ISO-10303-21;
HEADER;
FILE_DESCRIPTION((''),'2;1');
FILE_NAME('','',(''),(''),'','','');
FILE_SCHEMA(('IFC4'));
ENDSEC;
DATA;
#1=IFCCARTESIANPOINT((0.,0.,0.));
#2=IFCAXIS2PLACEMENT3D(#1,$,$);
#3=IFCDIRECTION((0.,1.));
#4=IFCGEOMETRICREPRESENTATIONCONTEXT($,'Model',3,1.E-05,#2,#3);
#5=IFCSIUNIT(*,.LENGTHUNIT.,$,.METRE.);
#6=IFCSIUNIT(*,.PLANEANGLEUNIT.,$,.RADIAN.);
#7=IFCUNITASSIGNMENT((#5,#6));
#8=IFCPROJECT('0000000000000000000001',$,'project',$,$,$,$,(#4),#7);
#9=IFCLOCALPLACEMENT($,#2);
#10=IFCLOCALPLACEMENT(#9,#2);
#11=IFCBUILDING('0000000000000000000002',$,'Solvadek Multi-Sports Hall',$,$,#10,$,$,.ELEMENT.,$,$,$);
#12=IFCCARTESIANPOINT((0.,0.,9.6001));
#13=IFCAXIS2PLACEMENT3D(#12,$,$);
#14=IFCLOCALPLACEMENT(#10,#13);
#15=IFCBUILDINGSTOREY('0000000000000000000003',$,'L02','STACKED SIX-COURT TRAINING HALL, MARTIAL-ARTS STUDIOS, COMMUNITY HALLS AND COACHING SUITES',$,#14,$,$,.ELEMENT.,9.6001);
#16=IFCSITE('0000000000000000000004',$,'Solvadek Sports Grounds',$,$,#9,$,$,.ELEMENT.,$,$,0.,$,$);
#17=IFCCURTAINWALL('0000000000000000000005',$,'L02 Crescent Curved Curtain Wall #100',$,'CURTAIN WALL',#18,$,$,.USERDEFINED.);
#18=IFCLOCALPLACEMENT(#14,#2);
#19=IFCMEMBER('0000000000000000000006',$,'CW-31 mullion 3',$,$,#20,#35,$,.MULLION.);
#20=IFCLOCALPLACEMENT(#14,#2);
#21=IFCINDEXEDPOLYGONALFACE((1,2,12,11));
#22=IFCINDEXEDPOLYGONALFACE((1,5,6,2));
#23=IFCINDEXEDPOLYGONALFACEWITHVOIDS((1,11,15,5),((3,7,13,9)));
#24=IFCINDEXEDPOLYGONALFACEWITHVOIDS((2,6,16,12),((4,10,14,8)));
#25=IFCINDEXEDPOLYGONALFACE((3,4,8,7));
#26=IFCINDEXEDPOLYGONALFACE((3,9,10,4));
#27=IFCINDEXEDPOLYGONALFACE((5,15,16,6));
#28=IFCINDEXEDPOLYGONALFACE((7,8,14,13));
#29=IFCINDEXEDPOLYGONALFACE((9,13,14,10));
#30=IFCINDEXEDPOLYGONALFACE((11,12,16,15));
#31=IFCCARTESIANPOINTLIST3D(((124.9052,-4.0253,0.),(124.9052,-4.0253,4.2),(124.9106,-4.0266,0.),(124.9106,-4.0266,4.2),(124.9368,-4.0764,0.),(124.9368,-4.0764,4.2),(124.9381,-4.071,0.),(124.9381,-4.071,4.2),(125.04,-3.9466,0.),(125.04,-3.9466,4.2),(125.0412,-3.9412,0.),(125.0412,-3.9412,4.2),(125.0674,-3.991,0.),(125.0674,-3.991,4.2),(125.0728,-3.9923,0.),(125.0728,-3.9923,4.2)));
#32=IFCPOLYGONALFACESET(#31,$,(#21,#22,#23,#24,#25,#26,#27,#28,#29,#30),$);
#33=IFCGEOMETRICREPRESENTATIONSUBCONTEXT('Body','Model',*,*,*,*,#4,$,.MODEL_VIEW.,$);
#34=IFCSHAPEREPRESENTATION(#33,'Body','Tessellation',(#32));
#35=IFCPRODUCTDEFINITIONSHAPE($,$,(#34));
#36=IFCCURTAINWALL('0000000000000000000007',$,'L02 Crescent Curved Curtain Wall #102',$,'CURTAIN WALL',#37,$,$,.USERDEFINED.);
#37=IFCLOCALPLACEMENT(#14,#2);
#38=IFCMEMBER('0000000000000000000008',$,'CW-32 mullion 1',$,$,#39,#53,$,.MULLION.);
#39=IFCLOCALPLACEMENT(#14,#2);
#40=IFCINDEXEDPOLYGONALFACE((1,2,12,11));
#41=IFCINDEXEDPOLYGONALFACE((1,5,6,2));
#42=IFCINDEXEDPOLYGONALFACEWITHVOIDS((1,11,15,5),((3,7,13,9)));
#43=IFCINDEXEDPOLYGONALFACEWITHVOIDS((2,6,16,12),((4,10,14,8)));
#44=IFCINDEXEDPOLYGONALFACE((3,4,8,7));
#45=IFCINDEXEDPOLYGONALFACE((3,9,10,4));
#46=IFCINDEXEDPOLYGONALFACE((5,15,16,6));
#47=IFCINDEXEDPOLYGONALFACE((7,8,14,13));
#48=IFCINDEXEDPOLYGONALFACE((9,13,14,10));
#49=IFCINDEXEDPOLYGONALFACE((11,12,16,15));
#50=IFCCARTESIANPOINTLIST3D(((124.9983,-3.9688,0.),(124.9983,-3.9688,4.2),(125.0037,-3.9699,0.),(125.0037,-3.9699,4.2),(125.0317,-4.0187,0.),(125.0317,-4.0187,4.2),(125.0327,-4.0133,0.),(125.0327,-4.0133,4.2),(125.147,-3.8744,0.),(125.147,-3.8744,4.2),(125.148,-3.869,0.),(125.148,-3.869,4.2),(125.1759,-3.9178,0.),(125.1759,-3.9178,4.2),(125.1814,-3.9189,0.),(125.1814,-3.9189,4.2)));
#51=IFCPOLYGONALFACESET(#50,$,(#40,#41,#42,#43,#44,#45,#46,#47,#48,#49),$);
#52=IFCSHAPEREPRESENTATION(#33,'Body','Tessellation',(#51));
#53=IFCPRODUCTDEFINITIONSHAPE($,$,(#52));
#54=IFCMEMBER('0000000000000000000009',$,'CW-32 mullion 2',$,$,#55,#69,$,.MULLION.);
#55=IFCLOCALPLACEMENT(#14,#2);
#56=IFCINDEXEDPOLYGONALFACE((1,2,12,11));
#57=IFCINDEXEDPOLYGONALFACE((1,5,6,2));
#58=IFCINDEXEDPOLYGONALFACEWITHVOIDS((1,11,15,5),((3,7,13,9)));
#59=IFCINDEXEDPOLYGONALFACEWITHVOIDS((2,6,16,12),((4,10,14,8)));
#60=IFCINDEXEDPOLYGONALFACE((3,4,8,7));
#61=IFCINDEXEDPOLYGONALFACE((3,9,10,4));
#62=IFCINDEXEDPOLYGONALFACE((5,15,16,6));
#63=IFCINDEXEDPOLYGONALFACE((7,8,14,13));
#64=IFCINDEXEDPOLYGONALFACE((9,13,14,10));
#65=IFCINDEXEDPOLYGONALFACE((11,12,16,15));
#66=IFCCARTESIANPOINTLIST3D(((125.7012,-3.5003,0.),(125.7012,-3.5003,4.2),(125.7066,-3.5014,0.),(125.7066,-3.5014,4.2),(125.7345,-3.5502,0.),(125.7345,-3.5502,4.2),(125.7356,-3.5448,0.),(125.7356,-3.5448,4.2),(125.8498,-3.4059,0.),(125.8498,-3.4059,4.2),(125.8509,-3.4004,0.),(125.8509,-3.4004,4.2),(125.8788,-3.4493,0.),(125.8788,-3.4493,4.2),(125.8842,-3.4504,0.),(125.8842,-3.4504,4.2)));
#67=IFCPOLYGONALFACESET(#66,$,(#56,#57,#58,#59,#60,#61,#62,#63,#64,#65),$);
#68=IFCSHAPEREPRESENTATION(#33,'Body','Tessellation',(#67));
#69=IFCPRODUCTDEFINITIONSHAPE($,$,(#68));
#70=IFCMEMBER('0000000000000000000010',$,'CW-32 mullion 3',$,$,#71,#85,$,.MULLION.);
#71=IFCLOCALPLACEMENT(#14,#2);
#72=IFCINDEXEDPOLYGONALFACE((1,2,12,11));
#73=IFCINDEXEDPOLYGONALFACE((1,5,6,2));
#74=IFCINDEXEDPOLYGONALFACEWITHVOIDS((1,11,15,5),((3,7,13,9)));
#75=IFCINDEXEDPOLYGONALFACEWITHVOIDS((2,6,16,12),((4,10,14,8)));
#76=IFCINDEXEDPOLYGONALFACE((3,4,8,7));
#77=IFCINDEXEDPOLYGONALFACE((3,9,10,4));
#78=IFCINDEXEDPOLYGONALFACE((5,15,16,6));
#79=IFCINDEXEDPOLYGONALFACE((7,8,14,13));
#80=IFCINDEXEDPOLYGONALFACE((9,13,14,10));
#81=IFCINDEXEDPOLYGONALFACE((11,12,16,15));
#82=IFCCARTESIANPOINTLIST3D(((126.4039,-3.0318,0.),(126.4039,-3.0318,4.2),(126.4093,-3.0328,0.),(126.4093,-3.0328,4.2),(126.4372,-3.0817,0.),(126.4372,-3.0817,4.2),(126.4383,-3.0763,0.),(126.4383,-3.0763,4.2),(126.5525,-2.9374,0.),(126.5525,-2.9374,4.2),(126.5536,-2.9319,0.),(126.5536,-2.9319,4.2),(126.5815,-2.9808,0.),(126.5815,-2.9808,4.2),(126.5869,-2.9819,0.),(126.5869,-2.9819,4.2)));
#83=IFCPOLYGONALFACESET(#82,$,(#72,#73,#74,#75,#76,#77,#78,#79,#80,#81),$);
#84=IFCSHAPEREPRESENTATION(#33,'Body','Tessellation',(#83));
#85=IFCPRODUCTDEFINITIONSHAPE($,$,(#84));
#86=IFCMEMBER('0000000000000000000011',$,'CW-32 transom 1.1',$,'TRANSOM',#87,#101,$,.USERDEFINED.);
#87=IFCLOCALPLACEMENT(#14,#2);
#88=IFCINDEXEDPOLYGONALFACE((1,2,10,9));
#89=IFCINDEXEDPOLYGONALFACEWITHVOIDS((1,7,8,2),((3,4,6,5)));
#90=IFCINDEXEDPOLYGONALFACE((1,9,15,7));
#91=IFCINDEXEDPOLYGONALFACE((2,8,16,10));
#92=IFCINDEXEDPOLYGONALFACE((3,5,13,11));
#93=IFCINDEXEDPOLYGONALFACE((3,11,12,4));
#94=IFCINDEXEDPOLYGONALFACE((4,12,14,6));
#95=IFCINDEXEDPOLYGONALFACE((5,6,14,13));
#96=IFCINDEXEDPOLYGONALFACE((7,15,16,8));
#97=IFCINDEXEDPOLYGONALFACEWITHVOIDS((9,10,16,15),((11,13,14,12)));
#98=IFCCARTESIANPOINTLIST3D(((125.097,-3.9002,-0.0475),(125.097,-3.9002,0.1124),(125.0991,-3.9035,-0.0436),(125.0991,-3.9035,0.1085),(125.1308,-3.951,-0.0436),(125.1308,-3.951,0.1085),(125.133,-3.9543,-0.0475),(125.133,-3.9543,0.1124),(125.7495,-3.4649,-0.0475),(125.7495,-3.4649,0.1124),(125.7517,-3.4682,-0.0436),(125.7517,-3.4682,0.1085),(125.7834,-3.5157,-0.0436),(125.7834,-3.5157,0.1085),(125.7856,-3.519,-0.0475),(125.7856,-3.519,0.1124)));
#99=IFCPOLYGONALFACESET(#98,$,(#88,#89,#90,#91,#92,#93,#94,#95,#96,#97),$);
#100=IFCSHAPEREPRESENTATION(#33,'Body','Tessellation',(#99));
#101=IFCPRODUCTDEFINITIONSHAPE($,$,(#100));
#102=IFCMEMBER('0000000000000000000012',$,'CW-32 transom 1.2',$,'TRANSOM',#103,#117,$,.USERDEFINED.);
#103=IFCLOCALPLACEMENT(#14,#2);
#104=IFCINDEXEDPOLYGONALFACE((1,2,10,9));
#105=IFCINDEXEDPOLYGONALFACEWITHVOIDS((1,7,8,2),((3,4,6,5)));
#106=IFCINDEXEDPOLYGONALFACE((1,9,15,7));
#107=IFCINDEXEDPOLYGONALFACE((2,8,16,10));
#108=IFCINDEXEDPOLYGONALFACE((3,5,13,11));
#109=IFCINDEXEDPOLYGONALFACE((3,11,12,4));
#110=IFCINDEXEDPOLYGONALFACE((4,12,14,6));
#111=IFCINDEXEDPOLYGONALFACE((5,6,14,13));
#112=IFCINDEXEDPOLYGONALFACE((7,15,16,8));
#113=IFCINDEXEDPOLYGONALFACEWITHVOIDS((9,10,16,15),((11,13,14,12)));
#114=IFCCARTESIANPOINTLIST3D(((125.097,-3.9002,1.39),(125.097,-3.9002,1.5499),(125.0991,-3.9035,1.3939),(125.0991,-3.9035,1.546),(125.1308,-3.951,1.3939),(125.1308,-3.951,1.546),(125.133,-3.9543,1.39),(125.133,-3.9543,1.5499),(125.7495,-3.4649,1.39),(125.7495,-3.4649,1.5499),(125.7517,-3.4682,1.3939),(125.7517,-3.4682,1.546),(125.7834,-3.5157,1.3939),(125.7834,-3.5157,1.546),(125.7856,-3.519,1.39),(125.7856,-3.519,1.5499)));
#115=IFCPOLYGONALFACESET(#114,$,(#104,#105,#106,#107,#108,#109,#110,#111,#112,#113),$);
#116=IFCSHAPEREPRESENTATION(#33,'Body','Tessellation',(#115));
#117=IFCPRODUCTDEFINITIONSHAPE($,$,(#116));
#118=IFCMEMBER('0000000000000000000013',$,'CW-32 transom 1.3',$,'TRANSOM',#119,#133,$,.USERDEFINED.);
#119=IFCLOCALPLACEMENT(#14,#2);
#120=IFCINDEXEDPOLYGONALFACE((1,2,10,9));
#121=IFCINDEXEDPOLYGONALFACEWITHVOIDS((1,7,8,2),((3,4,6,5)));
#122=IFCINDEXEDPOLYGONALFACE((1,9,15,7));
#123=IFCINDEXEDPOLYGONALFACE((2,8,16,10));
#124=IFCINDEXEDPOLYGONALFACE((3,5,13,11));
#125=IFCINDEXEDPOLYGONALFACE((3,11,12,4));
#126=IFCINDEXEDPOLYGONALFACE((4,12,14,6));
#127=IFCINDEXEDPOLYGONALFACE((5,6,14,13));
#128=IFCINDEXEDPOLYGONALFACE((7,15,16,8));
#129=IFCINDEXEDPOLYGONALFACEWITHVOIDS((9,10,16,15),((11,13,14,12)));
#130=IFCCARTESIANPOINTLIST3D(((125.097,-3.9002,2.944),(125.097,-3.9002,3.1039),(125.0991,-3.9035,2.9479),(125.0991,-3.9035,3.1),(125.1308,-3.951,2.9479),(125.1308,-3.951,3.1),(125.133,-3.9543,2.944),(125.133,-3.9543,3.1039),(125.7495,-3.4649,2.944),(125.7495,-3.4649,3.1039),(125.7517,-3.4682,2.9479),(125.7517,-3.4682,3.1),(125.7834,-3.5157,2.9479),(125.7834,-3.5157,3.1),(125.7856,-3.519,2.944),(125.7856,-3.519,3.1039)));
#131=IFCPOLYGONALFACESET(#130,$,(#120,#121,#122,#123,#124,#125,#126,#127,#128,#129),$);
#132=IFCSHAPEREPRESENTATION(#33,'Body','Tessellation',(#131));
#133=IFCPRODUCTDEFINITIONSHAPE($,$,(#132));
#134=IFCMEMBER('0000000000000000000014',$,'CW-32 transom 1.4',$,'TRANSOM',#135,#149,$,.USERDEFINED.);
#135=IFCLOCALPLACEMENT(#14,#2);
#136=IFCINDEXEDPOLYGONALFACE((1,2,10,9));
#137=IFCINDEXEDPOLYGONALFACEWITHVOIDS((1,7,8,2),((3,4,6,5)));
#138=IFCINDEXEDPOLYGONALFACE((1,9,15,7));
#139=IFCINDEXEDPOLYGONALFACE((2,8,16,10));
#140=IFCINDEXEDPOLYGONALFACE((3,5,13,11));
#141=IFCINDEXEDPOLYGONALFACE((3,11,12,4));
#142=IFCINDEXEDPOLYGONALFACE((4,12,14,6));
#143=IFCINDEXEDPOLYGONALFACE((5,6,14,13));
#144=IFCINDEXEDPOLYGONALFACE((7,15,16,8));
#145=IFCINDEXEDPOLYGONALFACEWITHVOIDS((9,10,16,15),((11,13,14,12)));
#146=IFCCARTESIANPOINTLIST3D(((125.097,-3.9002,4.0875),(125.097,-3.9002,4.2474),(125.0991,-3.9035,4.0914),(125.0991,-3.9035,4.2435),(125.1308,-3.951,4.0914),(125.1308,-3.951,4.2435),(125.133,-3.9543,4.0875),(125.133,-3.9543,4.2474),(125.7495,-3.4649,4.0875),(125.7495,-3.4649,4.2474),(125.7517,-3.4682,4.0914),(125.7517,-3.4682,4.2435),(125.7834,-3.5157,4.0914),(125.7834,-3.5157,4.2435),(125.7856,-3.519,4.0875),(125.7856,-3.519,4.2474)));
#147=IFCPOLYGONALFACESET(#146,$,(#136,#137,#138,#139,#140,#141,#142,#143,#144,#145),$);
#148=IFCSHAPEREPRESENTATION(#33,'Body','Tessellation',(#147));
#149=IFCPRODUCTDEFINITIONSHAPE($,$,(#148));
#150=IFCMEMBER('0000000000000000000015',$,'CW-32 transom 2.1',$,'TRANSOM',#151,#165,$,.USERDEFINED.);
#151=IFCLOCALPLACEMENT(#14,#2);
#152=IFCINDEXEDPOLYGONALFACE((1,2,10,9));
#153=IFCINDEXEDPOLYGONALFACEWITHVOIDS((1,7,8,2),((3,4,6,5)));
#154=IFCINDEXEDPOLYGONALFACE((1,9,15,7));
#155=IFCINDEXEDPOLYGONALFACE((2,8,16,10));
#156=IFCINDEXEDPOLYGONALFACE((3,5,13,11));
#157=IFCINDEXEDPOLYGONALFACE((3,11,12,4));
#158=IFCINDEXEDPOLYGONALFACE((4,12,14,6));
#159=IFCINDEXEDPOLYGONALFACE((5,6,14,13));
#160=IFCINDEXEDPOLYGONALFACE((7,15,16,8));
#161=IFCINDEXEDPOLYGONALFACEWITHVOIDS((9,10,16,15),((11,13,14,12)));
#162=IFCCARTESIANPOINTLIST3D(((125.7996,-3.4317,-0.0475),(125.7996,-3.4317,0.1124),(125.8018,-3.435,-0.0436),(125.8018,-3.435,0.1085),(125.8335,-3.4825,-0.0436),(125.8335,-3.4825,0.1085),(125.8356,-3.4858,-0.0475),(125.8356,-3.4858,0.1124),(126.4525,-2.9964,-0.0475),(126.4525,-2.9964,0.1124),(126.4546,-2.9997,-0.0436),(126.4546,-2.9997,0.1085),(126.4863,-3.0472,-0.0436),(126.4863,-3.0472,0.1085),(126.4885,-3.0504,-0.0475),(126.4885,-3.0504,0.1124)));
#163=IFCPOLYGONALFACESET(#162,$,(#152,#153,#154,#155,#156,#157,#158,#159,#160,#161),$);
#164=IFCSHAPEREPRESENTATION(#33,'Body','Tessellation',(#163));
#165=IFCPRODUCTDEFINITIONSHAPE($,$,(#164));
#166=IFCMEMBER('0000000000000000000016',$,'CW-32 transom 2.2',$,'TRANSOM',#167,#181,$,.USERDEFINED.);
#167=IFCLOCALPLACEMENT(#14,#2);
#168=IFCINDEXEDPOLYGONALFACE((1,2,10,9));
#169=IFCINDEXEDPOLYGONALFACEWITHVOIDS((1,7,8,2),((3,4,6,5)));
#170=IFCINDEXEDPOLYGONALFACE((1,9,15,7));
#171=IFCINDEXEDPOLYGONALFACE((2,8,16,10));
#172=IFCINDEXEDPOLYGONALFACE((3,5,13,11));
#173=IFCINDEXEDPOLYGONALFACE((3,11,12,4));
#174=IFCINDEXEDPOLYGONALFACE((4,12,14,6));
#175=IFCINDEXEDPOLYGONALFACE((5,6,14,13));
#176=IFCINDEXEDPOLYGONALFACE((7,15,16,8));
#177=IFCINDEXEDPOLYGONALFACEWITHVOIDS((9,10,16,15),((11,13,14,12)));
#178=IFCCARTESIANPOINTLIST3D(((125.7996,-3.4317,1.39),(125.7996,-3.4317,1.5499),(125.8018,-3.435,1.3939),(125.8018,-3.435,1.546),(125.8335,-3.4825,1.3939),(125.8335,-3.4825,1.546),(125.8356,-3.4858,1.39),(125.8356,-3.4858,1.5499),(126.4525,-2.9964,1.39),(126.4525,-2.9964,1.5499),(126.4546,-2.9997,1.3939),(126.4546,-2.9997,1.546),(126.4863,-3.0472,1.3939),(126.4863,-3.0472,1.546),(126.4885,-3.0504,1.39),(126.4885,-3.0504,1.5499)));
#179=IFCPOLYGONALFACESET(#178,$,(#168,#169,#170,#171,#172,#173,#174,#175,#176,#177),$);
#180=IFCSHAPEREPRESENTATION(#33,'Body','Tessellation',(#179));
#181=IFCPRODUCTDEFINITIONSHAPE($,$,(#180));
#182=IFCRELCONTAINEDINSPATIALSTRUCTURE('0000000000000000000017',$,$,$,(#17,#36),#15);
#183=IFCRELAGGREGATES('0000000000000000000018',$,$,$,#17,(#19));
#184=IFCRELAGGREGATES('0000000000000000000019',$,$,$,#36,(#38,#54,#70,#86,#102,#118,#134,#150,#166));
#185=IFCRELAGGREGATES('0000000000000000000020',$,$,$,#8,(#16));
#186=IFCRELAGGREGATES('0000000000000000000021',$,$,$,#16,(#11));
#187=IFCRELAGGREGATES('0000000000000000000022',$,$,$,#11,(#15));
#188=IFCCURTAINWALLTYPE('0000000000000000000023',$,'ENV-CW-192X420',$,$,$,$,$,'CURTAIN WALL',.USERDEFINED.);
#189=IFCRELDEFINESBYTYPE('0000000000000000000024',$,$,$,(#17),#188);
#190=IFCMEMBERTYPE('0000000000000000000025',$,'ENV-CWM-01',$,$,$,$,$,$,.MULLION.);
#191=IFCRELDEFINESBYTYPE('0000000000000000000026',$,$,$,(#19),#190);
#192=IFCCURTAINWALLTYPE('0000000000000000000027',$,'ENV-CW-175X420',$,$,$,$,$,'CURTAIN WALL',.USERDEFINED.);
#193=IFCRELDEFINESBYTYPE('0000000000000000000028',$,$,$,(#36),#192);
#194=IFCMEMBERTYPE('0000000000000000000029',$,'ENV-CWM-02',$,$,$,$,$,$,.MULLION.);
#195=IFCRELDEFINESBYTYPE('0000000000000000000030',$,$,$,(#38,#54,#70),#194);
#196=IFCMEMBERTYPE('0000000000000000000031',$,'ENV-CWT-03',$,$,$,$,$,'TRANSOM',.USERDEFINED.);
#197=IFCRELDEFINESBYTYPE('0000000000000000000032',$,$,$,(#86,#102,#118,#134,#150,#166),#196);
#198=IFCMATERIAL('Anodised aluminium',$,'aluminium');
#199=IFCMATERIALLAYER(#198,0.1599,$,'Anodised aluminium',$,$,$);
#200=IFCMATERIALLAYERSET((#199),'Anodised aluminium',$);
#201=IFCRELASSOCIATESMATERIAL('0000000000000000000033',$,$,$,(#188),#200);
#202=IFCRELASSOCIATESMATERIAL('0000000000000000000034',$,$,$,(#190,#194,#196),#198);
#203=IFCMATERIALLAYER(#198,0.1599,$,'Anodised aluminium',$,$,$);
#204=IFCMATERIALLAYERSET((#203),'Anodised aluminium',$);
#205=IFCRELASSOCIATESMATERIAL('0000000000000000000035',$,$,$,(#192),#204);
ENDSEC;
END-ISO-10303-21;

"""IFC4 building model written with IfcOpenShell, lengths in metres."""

from ifc_helpers import new_model, si_unit, direction, frame, origin, origin_2d, place, context, subcontext, project, spatial, hollow_rectangle, extrude, material, layer, layer_set, material_profile, profile_set, type_object, element, aggregate, save


model = new_model("IFC4")

# Units and contexts
model_context = context("Model", 3, precision=1e-05, world=origin(), true_north=direction((0.0, 1.0)))
body_context = subcontext(model_context, "Body", "Model", "MODEL_VIEW")
ifc_project = project(units=[si_unit("LENGTHUNIT", "METRE"), si_unit("PLANEANGLEUNIT", "RADIAN")], contexts=[model_context])

# Site, building, storey
site_placement = place(None, origin())
site = spatial("IfcSite", under=ifc_project, at=site_placement, Name="Solvadek Sports Grounds", CompositionType="ELEMENT", RefElevation=0.0)
building_placement = place(site_placement, origin())
building = spatial("IfcBuilding", under=site, at=building_placement, Name="Solvadek Multi-Sports Hall", CompositionType="ELEMENT")
storey_placement = place(building_placement, frame((0.0, 0.0, 9.6001)))
storey = spatial("IfcBuildingStorey", under=building, at=storey_placement, Name="L02", Description="STACKED SIX-COURT TRAINING HALL, MARTIAL-ARTS STUDIOS, COMMUNITY HALLS AND COACHING SUITES", CompositionType="ELEMENT", Elevation=9.6001)

# Curtain wall, member
ifc_material_1 = material(Name="Anodised aluminium", Category="aluminium")
ifc_layer_1 = layer(ifc_material_1, 0.1599, Name="Anodised aluminium")
ifc_layer_set_1 = layer_set([ifc_layer_1], Name="Anodised aluminium")
curtain_wall_type_1 = type_object("IfcCurtainWallType", Name="ENV-CW-192X420", ElementType="CURTAIN WALL", PredefinedType="USERDEFINED", material=ifc_layer_set_1)
curtain_wall_1_placement = place(storey_placement, origin())
curtain_wall_1 = element("IfcCurtainWall", 1, at=curtain_wall_1_placement, inside=storey, type_object=curtain_wall_type_1, Name="L02 Crescent Curved Curtain Wall #100", ObjectType="CURTAIN WALL", PredefinedType="USERDEFINED")
ifc_material_profile_1 = material_profile(ifc_material_1, hollow_rectangle(XDim=0.0601, YDim=0.1599, WallThickness=0.0039, at=origin_2d()), Name="ALU-M 160x60x4")
ifc_profile_set_1 = profile_set([ifc_material_profile_1], Name="Anodised aluminium")
member_type_1 = type_object("IfcMemberType", Name="ENV-CWM-01", PredefinedType="MULLION", material=ifc_profile_set_1)
member_1_placement = place(storey_placement, frame((124.989, -4.0088, 0.0), z_axis=(0.0, 0.0, 1.0), x_axis=(-0.525815, 0.850599, 0.0)))
member_1 = element("IfcMember", 2, at=member_1_placement, type_object=member_type_1, Name="CW-31 mullion 3", PredefinedType="MULLION", context=body_context, shape_type="SweptSolid", body=[
    extrude(hollow_rectangle(XDim=0.0601, YDim=0.1599, WallThickness=0.0039, at=origin_2d()), origin(), (0.0, 0.0, 1.0), 4.2),
])

# Curtain wall, members
ifc_layer_2 = layer(ifc_material_1, 0.1599, Name="Anodised aluminium")
ifc_layer_set_2 = layer_set([ifc_layer_2], Name="Anodised aluminium")
curtain_wall_type_2 = type_object("IfcCurtainWallType", Name="ENV-CW-175X420", ElementType="CURTAIN WALL", PredefinedType="USERDEFINED", material=ifc_layer_set_2)
curtain_wall_2_placement = place(storey_placement, origin())
curtain_wall_2 = element("IfcCurtainWall", 3, at=curtain_wall_2_placement, inside=storey, type_object=curtain_wall_type_2, Name="L02 Crescent Curved Curtain Wall #102", ObjectType="CURTAIN WALL", PredefinedType="USERDEFINED")
ifc_material_profile_2 = material_profile(ifc_material_1, hollow_rectangle(XDim=0.0601, YDim=0.1799, WallThickness=0.0039, at=origin_2d()), Name="ALU-M 180x60x4")
ifc_profile_set_2 = profile_set([ifc_material_profile_2], Name="Anodised aluminium")
member_type_2 = type_object("IfcMemberType", Name="ENV-CWM-02", PredefinedType="MULLION", material=ifc_profile_set_2)
member_2_placement = place(storey_placement, frame((125.0898, -3.9438, 0.0), z_axis=(0.0, 0.0, 1.0), x_axis=(-0.554779, 0.831998, 0.0)))
member_2 = element("IfcMember", 4, at=member_2_placement, type_object=member_type_2, Name="CW-32 mullion 1", PredefinedType="MULLION", context=body_context, shape_type="SweptSolid", body=[
    extrude(hollow_rectangle(XDim=0.0601, YDim=0.1799, WallThickness=0.0039, at=origin_2d()), origin(), (0.0, 0.0, 1.0), 4.2),
])
member_3_placement = place(storey_placement, frame((125.7927, -3.4753, 0.0), z_axis=(0.0, 0.0, 1.0), x_axis=(-0.554779, 0.831998, 0.0)))
member_3 = element("IfcMember", 5, at=member_3_placement, type_object=member_type_2, Name="CW-32 mullion 2", PredefinedType="MULLION", context=body_context, shape_type="SweptSolid", body=[
    extrude(hollow_rectangle(XDim=0.0601, YDim=0.1799, WallThickness=0.0039, at=origin_2d()), origin(), (0.0, 0.0, 1.0), 4.2),
])
member_4_placement = place(storey_placement, frame((126.4954, -3.0068, 0.0), z_axis=(0.0, 0.0, 1.0), x_axis=(-0.554779, 0.831998, 0.0)))
member_4 = element("IfcMember", 6, at=member_4_placement, type_object=member_type_2, Name="CW-32 mullion 3", PredefinedType="MULLION", context=body_context, shape_type="SweptSolid", body=[
    extrude(hollow_rectangle(XDim=0.0601, YDim=0.1799, WallThickness=0.0039, at=origin_2d()), origin(), (0.0, 0.0, 1.0), 4.2),
])
ifc_material_profile_3 = material_profile(ifc_material_1, hollow_rectangle(XDim=0.0649, YDim=0.1599, WallThickness=0.0039, at=origin_2d()), Name="ALU-T 160x65x4")
ifc_profile_set_3 = profile_set([ifc_material_profile_3], Name="Anodised aluminium")
member_type_3 = type_object("IfcMemberType", Name="ENV-CWT-03", ElementType="TRANSOM", PredefinedType="USERDEFINED", material=ifc_profile_set_3)
member_5_placement = place(storey_placement, frame((125.115, -3.9272, 0.0325), z_axis=(0.831907, 0.554916, 0.0), x_axis=(-0.554916, 0.831907, 0.0)))
member_5 = element("IfcMember", 7, at=member_5_placement, type_object=member_type_3, Name="CW-32 transom 1.1", ObjectType="TRANSOM", PredefinedType="USERDEFINED", context=body_context, shape_type="SweptSolid", body=[
    extrude(hollow_rectangle(XDim=0.0649, YDim=0.1599, WallThickness=0.0039, at=origin_2d()), origin(), (0.0, 0.0, 1.0), 0.7844),
])
member_6_placement = place(storey_placement, frame((125.115, -3.9272, 1.47), z_axis=(0.831907, 0.554916, 0.0), x_axis=(-0.554916, 0.831907, 0.0)))
member_6 = element("IfcMember", 8, at=member_6_placement, type_object=member_type_3, Name="CW-32 transom 1.2", ObjectType="TRANSOM", PredefinedType="USERDEFINED", context=body_context, shape_type="SweptSolid", body=[
    extrude(hollow_rectangle(XDim=0.0649, YDim=0.1599, WallThickness=0.0039, at=origin_2d()), origin(), (0.0, 0.0, 1.0), 0.7844),
])
member_7_placement = place(storey_placement, frame((125.115, -3.9272, 3.0239), z_axis=(0.831907, 0.554916, 0.0), x_axis=(-0.554916, 0.831907, 0.0)))
member_7 = element("IfcMember", 9, at=member_7_placement, type_object=member_type_3, Name="CW-32 transom 1.3", ObjectType="TRANSOM", PredefinedType="USERDEFINED", context=body_context, shape_type="SweptSolid", body=[
    extrude(hollow_rectangle(XDim=0.0649, YDim=0.1599, WallThickness=0.0039, at=origin_2d()), origin(), (0.0, 0.0, 1.0), 0.7844),
])
member_8_placement = place(storey_placement, frame((125.115, -3.9272, 4.1675), z_axis=(0.831907, 0.554916, 0.0), x_axis=(-0.554916, 0.831907, 0.0)))
member_8 = element("IfcMember", 10, at=member_8_placement, type_object=member_type_3, Name="CW-32 transom 1.4", ObjectType="TRANSOM", PredefinedType="USERDEFINED", context=body_context, shape_type="SweptSolid", body=[
    extrude(hollow_rectangle(XDim=0.0649, YDim=0.1599, WallThickness=0.0039, at=origin_2d()), origin(), (0.0, 0.0, 1.0), 0.7844),
])
member_9_placement = place(storey_placement, frame((125.8176, -3.4587, 0.0325), z_axis=(0.832002, 0.554772, 0.0), x_axis=(-0.554772, 0.832002, 0.0)))
member_9 = element("IfcMember", 11, at=member_9_placement, type_object=member_type_3, Name="CW-32 transom 2.1", ObjectType="TRANSOM", PredefinedType="USERDEFINED", context=body_context, shape_type="SweptSolid", body=[
    extrude(hollow_rectangle(XDim=0.0649, YDim=0.1599, WallThickness=0.0039, at=origin_2d()), origin(), (0.0, 0.0, 1.0), 0.7847),
])
member_10_placement = place(storey_placement, frame((125.8176, -3.4587, 1.47), z_axis=(0.832002, 0.554772, 0.0), x_axis=(-0.554772, 0.832002, 0.0)))
member_10 = element("IfcMember", 12, at=member_10_placement, type_object=member_type_3, Name="CW-32 transom 2.2", ObjectType="TRANSOM", PredefinedType="USERDEFINED", context=body_context, shape_type="SweptSolid", body=[
    extrude(hollow_rectangle(XDim=0.0649, YDim=0.1599, WallThickness=0.0039, at=origin_2d()), origin(), (0.0, 0.0, 1.0), 0.7847),
])

aggregate(curtain_wall_1, [member_1])
aggregate(curtain_wall_2, [member_2, member_3, member_4, member_5, member_6, member_7, member_8, member_9, member_10])

save(model, "model.ifc")
